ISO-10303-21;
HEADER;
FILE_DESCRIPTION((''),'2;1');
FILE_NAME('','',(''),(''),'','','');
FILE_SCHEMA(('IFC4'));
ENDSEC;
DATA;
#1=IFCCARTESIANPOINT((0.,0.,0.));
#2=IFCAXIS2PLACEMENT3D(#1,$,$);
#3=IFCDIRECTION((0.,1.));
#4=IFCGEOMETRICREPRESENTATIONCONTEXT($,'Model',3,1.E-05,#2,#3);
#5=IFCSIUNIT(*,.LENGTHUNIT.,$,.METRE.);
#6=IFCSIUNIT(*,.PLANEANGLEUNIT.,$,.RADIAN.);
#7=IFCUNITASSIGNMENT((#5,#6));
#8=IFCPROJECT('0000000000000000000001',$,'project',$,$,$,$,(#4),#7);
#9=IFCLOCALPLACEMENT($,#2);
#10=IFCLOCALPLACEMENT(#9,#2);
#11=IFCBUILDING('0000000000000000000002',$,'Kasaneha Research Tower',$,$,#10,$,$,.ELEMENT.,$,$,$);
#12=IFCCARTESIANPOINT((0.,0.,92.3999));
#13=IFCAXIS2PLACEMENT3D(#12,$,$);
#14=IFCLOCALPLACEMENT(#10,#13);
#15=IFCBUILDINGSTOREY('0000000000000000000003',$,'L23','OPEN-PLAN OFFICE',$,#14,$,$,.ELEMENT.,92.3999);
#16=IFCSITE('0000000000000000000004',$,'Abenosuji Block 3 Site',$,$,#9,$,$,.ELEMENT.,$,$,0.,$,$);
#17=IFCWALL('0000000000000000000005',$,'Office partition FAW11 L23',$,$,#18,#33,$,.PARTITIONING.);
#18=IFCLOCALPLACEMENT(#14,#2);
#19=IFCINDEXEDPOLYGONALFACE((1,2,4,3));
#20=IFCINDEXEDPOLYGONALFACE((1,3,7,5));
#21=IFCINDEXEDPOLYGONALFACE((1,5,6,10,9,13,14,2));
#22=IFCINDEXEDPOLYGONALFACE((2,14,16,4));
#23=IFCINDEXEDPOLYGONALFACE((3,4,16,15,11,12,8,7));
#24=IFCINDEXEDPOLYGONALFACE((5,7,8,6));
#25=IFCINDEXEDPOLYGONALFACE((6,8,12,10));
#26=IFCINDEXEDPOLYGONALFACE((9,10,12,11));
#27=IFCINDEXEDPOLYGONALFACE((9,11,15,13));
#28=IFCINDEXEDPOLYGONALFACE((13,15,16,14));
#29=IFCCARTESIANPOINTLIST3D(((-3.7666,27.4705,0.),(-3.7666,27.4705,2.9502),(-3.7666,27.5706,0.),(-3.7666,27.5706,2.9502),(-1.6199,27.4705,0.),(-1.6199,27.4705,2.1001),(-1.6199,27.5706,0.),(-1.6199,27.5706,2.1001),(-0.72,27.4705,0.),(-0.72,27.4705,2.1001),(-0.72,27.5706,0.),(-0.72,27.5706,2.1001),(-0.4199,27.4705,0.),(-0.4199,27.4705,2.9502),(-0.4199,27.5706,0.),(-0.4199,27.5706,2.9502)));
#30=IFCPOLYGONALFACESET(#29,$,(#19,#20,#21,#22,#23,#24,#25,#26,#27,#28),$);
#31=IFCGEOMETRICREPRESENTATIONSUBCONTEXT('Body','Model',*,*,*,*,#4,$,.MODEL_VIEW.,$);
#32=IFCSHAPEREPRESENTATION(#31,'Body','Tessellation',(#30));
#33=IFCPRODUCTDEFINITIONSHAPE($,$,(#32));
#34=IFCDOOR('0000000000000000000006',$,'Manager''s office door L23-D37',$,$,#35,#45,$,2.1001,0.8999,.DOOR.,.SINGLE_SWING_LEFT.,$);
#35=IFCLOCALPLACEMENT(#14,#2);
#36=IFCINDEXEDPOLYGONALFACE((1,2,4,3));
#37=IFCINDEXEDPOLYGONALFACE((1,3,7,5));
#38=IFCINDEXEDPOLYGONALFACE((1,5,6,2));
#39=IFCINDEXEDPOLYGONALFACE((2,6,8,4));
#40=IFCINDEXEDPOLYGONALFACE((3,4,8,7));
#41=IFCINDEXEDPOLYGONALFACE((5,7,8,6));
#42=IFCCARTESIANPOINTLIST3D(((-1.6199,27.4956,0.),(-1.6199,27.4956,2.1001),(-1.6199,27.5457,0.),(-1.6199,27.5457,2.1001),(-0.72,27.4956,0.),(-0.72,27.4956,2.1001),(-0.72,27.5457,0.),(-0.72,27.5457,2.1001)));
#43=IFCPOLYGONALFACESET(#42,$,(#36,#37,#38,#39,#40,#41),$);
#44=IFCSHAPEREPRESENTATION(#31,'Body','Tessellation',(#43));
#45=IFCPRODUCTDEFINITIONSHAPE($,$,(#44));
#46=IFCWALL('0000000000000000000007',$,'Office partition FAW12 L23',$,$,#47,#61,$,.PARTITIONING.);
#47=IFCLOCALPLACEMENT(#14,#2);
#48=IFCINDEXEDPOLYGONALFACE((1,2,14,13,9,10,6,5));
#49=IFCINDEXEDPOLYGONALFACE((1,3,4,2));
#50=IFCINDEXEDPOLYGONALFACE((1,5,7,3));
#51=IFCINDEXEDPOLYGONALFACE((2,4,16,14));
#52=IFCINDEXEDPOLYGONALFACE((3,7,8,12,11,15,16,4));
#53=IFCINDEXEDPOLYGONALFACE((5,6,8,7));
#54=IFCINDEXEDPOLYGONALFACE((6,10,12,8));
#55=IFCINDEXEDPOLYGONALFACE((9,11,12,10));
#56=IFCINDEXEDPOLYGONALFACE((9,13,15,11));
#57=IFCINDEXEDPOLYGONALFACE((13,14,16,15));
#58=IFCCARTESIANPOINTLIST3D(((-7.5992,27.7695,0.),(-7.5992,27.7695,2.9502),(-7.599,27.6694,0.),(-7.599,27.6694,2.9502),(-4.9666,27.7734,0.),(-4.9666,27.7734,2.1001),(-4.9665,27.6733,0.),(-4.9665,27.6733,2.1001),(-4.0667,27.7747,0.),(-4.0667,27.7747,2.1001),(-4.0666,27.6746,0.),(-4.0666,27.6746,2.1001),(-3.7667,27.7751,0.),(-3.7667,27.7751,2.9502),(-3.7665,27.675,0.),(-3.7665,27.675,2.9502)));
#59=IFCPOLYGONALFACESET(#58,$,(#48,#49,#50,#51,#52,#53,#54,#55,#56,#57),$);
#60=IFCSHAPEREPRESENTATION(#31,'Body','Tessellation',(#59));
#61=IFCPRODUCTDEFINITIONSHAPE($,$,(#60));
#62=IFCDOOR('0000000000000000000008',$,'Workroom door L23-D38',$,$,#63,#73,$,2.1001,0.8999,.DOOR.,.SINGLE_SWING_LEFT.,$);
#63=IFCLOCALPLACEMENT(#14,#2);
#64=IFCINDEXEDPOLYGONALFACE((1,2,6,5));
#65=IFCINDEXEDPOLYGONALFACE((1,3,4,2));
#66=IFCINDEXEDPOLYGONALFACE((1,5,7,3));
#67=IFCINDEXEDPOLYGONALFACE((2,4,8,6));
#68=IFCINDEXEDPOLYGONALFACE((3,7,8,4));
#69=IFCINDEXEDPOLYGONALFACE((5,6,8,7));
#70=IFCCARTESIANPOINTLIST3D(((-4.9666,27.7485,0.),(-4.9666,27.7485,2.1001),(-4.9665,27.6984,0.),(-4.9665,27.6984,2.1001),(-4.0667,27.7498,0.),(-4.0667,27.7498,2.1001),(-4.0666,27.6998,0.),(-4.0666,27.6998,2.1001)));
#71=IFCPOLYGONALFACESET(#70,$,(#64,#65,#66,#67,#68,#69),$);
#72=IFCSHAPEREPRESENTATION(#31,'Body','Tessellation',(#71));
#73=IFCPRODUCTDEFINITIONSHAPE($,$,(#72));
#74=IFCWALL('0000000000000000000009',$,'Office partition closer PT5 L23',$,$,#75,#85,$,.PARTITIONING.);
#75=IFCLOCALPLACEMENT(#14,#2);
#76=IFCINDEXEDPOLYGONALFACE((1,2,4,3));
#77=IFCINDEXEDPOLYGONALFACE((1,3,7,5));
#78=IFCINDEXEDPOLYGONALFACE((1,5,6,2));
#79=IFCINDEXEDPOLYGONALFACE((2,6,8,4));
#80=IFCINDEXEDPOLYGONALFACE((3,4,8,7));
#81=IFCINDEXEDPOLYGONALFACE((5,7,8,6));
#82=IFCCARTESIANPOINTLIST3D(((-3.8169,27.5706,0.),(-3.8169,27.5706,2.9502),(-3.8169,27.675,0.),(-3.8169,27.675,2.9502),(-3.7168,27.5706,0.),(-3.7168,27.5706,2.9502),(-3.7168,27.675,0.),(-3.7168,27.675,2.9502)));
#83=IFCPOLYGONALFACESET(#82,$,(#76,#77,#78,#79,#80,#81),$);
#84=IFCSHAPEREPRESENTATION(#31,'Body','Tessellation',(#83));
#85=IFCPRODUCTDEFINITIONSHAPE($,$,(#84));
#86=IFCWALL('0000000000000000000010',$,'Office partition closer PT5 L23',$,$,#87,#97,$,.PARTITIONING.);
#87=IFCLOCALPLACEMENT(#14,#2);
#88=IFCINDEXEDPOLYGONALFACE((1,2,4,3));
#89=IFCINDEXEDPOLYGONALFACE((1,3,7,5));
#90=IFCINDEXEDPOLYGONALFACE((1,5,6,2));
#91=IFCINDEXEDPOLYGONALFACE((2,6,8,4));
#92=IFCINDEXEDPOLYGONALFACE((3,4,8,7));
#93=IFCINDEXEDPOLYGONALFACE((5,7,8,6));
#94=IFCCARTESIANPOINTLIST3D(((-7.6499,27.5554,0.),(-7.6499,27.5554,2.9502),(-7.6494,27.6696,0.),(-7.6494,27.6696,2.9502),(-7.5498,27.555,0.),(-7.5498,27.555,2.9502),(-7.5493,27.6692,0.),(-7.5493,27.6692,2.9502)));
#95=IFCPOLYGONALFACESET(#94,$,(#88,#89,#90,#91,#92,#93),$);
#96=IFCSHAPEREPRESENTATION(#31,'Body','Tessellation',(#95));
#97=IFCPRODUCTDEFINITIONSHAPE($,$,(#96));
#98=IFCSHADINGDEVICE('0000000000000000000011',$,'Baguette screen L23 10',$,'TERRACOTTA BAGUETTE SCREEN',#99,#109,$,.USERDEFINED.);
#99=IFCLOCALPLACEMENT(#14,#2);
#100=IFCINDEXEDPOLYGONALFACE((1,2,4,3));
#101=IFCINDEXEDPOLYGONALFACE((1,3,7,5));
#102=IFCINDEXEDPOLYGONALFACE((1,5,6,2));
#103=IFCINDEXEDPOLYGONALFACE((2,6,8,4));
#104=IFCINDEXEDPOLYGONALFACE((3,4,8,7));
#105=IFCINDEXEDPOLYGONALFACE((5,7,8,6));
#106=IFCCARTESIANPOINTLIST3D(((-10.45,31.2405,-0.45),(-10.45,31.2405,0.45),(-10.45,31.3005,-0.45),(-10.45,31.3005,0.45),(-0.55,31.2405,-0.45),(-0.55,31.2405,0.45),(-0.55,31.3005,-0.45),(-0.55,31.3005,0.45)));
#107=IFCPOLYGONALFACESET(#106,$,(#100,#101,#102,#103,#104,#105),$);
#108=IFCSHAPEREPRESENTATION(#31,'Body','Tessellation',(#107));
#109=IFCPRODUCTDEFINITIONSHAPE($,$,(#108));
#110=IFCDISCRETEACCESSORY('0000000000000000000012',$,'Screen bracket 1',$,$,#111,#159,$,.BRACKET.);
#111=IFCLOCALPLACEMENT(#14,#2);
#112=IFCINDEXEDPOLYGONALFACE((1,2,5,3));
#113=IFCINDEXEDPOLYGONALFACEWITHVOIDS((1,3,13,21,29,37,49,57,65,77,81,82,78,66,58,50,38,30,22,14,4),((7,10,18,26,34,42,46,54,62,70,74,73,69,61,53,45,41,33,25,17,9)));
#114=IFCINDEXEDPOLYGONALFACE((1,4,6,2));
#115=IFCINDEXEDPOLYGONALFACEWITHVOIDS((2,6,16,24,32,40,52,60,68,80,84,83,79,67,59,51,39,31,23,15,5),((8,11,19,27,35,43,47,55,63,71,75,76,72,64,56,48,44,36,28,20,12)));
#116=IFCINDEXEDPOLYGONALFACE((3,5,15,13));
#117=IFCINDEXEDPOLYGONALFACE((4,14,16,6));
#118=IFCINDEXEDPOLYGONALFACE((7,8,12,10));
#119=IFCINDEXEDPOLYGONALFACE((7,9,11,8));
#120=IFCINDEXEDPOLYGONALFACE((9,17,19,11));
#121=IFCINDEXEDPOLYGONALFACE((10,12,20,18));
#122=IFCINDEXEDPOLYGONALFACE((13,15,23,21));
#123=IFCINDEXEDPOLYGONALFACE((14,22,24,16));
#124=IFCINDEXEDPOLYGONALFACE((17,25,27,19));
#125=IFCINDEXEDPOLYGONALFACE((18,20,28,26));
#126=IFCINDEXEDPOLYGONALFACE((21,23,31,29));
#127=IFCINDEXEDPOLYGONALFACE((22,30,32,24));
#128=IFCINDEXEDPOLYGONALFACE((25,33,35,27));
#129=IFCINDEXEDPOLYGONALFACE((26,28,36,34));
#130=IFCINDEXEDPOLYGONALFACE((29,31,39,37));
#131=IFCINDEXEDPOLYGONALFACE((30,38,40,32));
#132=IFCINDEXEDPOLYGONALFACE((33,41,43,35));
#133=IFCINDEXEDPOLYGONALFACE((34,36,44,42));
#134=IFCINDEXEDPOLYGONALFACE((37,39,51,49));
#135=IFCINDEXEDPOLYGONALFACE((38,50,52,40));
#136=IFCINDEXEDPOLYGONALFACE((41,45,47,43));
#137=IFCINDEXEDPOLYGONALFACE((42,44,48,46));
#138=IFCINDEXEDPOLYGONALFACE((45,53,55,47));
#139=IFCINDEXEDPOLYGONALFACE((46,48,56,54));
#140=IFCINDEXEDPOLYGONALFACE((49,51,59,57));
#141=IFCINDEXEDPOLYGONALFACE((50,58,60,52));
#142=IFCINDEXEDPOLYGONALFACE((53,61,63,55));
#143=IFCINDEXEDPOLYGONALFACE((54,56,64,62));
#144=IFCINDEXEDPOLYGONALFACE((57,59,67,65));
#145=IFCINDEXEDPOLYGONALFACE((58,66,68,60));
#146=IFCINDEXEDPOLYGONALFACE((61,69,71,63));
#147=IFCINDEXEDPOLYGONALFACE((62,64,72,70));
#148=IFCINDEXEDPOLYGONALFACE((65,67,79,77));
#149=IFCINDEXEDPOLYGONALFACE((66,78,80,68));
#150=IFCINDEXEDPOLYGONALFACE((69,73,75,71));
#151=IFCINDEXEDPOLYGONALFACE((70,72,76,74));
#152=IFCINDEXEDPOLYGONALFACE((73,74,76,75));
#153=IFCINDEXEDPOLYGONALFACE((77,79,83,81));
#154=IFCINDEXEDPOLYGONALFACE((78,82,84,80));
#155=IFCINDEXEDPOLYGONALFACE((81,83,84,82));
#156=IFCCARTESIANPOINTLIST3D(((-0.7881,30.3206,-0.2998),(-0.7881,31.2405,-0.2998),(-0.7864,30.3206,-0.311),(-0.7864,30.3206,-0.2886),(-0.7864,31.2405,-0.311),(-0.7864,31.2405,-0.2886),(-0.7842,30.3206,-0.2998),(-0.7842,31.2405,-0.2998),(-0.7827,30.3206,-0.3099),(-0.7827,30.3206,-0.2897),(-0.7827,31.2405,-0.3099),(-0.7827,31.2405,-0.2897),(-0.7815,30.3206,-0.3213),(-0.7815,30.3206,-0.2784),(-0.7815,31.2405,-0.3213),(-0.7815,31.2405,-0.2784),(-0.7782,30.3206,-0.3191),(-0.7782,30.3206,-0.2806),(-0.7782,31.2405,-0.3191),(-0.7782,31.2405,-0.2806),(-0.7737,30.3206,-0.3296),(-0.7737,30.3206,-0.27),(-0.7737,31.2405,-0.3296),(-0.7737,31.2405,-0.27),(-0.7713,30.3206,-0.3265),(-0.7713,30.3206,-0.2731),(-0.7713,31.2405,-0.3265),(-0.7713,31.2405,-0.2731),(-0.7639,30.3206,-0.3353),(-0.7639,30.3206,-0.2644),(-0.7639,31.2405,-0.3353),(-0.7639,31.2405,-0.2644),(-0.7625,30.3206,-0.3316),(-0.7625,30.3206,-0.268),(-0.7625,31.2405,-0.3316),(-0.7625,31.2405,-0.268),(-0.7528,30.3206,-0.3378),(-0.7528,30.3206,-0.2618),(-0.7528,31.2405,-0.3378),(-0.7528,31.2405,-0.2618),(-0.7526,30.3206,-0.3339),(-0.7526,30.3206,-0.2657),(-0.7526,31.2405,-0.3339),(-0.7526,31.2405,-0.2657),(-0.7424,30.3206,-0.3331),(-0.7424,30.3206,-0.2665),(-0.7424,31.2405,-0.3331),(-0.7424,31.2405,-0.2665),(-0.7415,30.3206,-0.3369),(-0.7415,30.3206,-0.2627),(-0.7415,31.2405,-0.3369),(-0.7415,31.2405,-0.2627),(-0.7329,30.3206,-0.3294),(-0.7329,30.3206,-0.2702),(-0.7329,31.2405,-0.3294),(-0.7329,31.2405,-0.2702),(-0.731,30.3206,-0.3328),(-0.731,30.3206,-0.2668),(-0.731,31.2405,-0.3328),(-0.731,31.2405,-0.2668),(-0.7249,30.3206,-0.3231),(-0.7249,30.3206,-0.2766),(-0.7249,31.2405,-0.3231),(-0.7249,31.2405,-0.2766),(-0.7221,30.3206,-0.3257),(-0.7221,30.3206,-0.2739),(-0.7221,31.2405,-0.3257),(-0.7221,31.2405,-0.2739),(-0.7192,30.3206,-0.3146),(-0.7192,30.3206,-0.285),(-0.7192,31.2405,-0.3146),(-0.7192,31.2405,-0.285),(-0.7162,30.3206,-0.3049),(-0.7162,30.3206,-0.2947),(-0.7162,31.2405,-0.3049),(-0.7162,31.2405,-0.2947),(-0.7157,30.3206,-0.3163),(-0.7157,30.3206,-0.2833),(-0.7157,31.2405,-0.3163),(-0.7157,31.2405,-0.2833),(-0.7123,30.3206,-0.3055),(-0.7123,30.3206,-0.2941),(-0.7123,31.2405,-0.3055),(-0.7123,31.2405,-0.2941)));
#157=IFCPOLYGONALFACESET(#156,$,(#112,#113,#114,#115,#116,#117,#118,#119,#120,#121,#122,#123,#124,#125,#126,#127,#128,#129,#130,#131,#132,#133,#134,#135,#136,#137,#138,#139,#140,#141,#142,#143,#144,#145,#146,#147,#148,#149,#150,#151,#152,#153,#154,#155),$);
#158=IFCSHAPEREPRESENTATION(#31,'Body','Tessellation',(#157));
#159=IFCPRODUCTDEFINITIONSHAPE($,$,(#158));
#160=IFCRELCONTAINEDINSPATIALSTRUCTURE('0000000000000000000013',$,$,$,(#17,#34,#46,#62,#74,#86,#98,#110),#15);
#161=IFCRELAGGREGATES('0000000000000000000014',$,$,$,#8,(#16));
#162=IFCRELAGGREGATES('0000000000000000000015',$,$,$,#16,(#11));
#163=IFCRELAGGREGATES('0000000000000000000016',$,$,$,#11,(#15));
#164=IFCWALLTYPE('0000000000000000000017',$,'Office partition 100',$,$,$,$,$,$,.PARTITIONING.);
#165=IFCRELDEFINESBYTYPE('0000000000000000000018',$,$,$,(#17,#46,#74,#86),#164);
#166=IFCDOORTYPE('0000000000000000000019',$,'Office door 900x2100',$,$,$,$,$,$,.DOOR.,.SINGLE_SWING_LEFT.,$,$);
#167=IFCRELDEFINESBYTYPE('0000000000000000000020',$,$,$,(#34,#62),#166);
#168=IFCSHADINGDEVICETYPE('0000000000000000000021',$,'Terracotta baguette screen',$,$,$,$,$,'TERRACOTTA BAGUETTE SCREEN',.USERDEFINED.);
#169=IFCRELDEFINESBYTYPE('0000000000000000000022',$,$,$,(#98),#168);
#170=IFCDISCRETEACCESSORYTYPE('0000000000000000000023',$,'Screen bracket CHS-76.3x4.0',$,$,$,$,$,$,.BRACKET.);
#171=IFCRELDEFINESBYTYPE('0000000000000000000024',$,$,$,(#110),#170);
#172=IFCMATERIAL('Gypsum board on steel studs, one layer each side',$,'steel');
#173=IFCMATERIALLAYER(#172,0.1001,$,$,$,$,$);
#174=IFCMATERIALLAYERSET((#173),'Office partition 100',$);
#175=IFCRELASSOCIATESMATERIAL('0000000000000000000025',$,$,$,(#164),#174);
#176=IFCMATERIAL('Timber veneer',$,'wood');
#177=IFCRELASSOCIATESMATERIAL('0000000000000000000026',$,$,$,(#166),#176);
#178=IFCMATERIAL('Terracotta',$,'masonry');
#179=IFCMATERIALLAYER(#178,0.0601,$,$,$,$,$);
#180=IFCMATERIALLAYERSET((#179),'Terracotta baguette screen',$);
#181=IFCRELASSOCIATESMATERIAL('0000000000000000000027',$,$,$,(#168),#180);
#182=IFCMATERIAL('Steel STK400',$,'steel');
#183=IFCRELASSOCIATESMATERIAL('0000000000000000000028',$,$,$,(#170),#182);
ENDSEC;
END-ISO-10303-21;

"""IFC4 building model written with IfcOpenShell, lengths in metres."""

from ifc_helpers import new_model, si_unit, direction, frame, frame_2d, origin, origin_2d, place, context, subcontext, project, spatial, rectangle, hollow_circle, extrude, material, layer, layer_set, material_profile, profile_set, type_object, element, fill, save


model = new_model("IFC4")

# Units and contexts
model_context = context("Model", 3, precision=1e-05, world=origin(), true_north=direction((0.0, 1.0)))
body_context = subcontext(model_context, "Body", "Model", "MODEL_VIEW")
ifc_project = project(units=[si_unit("LENGTHUNIT", "METRE"), si_unit("PLANEANGLEUNIT", "RADIAN")], contexts=[model_context])

# Site, building, storey
site_placement = place(None, origin())
site = spatial("IfcSite", under=ifc_project, at=site_placement, Name="Abenosuji Block 3 Site", CompositionType="ELEMENT", RefElevation=0.0)
building_placement = place(site_placement, origin())
building = spatial("IfcBuilding", under=site, at=building_placement, Name="Kasaneha Research Tower", CompositionType="ELEMENT")
storey_placement = place(building_placement, frame((0.0, 0.0, 92.3999)))
storey = spatial("IfcBuildingStorey", under=building, at=storey_placement, Name="L23", Description="OPEN-PLAN OFFICE", CompositionType="ELEMENT", Elevation=92.3999)

# Shared definitions
ifc_material_1 = material(Name="Gypsum board on steel studs, one layer each side", Category="steel")
ifc_layer_1 = layer(ifc_material_1, 0.1001)
ifc_layer_set_1 = layer_set([ifc_layer_1], Name="Office partition 100")
wall_type = type_object("IfcWallType", Name="Office partition 100", PredefinedType="PARTITIONING", material=ifc_layer_set_1)
ifc_material_2 = material(Name="Timber veneer", Category="wood")
door_type = type_object("IfcDoorType", Name="Office door 900x2100", OperationType="SINGLE_SWING_LEFT", PredefinedType="DOOR", material=ifc_material_2)

# Walls, openings, doors
wall_1_placement = place(storey_placement, frame((-0.4199, 27.5205, 0.0), z_axis=(0.0, 0.0, 1.0), x_axis=(-1.0, 0.0, 0.0)))
wall_1 = element("IfcWall", 1, at=wall_1_placement, inside=storey, type_object=wall_type, Name="Office partition FAW11 L23", PredefinedType="PARTITIONING", context=body_context, shape_type="SweptSolid", body=[
    extrude(rectangle(XDim=3.3467, YDim=0.1001, at=frame_2d((1.6733, 0.0))), origin(), (0.0, 0.0, 1.0), 2.9502),
])
opening_1_placement = place(wall_1_placement, frame((0.3, 0.0, 0.0)))
opening_1 = element("IfcOpeningElement", 2, at=opening_1_placement, cuts=wall_1, PredefinedType="OPENING", context=body_context, shape_type="SweptSolid", body=[
    extrude(rectangle(XDim=0.8999, YDim=2.1001, at=frame_2d((0.45, 1.05))), frame((0.0, 0.0601, 0.0), z_axis=(0.0, -1.0, 0.0), x_axis=(1.0, 0.0, 0.0)), (0.0, 0.0, 1.0), 0.1201),
])
door_1_placement = place(opening_1_placement, origin())
door_1 = element("IfcDoor", 3, at=door_1_placement, inside=storey, type_object=door_type, Name="Manager's office door L23-D37", OperationType="SINGLE_SWING_LEFT", OverallHeight=2.1001, OverallWidth=0.8999, PredefinedType="DOOR", context=body_context, shape_type="SweptSolid", body=[
    extrude(rectangle(XDim=0.8999, YDim=2.1001, at=frame_2d((0.45, 1.05))), frame((0.0, 0.0249, 0.0), z_axis=(0.0, -1.0, 0.0), x_axis=(1.0, 0.0, 0.0)), (0.0, 0.0, 1.0), 0.05),
])
fill(opening_1, door_1)
wall_2_placement = place(storey_placement, frame((-3.7666, 27.7251, 0.0), z_axis=(0.0, 0.0, 1.0), x_axis=(-0.999999, -0.001465, 0.0)))
wall_2 = element("IfcWall", 4, at=wall_2_placement, inside=storey, type_object=wall_type, Name="Office partition FAW12 L23", PredefinedType="PARTITIONING", context=body_context, shape_type="SweptSolid", body=[
    extrude(rectangle(XDim=3.8325, YDim=0.1001, at=frame_2d((1.9163, 0.0))), origin(), (0.0, 0.0, 1.0), 2.9502),
])
opening_2_placement = place(wall_2_placement, frame((0.3, 0.0, 0.0)))
opening_2 = element("IfcOpeningElement", 5, at=opening_2_placement, cuts=wall_2, PredefinedType="OPENING", context=body_context, shape_type="SweptSolid", body=[
    extrude(rectangle(XDim=0.8999, YDim=2.1001, at=frame_2d((0.45, 1.05))), frame((0.0, 0.0601, 0.0), z_axis=(0.0, -1.0, 0.0), x_axis=(1.0, 0.0, 0.0)), (0.0, 0.0, 1.0), 0.1201),
])
door_2_placement = place(opening_2_placement, origin())
door_2 = element("IfcDoor", 6, at=door_2_placement, inside=storey, type_object=door_type, Name="Workroom door L23-D38", OperationType="SINGLE_SWING_LEFT", OverallHeight=2.1001, OverallWidth=0.8999, PredefinedType="DOOR", context=body_context, shape_type="SweptSolid", body=[
    extrude(rectangle(XDim=0.8999, YDim=2.1001, at=frame_2d((0.45, 1.05))), frame((0.0, 0.0249, 0.0), z_axis=(0.0, -1.0, 0.0), x_axis=(1.0, 0.0, 0.0)), (0.0, 0.0, 1.0), 0.05),
])
fill(opening_2, door_2)

# Walls
wall_3_placement = place(storey_placement, frame((-3.7668, 27.5706, 0.0), z_axis=(0.0, 0.0, 1.0), x_axis=(0.0, 1.0, 0.0)))
element("IfcWall", 7, at=wall_3_placement, inside=storey, type_object=wall_type, Name="Office partition closer PT5 L23", PredefinedType="PARTITIONING", context=body_context, shape_type="SweptSolid", body=[
    extrude(rectangle(XDim=0.1045, YDim=0.1001, at=frame_2d((0.0522, 0.0))), origin(), (0.0, 0.0, 1.0), 2.9502),
])
wall_4_placement = place(storey_placement, frame((-7.5994, 27.6694, 0.0), z_axis=(0.0, 0.0, 1.0), x_axis=(-0.004273, -0.999991, 0.0)))
element("IfcWall", 8, at=wall_4_placement, inside=storey, type_object=wall_type, Name="Office partition closer PT5 L23", PredefinedType="PARTITIONING", context=body_context, shape_type="SweptSolid", body=[
    extrude(rectangle(XDim=0.1143, YDim=0.1001, at=frame_2d((0.0571, 0.0))), origin(), (0.0, 0.0, 1.0), 2.9502),
])

# Shading device
ifc_material_3 = material(Name="Terracotta", Category="masonry")
ifc_layer_2 = layer(ifc_material_3, 0.0601)
ifc_layer_set_2 = layer_set([ifc_layer_2], Name="Terracotta baguette screen")
shading_device_type = type_object("IfcShadingDeviceType", Name="Terracotta baguette screen", ElementType="TERRACOTTA BAGUETTE SCREEN", PredefinedType="USERDEFINED", material=ifc_layer_set_2)
shading_device_placement = place(storey_placement, frame((-5.5, 31.2705, -0.45), z_axis=(0.0, 0.0, 1.0), x_axis=(-1.0, 0.0, 0.0)))
element("IfcShadingDevice", 9, at=shading_device_placement, inside=storey, type_object=shading_device_type, Name="Baguette screen L23 10", ObjectType="TERRACOTTA BAGUETTE SCREEN", PredefinedType="USERDEFINED", context=body_context, shape_type="SweptSolid", body=[
    extrude(rectangle(XDim=9.8999, YDim=0.0601, at=origin_2d()), origin(), (0.0, 0.0, 1.0), 0.8999),
])

# Discrete accessory
ifc_material_4 = material(Name="Steel STK400", Category="steel")
ifc_material_profile_1 = material_profile(ifc_material_4, hollow_circle(Radius=0.0381, WallThickness=0.0039, at=origin_2d()), Name="CHS-76.3x4.0")
ifc_profile_set_1 = profile_set([ifc_material_profile_1], Name="Steel STK400")
discrete_accessory_type = type_object("IfcDiscreteAccessoryType", Name="Screen bracket CHS-76.3x4.0", PredefinedType="BRACKET", material=ifc_profile_set_1)
for number, where, z_axis, x_axis, name in (
    (10, (-0.75, 30.3206, -0.2998), (0.0, 1.0, 0.0), (-1.0, 0.0, 0.0), "Screen bracket 1"),
):
    element("IfcDiscreteAccessory", number, at=place(storey_placement, frame(where, z_axis=z_axis, x_axis=x_axis)), inside=storey, type_object=discrete_accessory_type, Name=name, PredefinedType="BRACKET", context=body_context, shape_type="SweptSolid", body=[
        extrude(hollow_circle(Radius=0.0381, WallThickness=0.0039, at=origin_2d()), origin(), (0.0, 0.0, 1.0), 0.9199),
    ])

save(model, "model.ifc")
